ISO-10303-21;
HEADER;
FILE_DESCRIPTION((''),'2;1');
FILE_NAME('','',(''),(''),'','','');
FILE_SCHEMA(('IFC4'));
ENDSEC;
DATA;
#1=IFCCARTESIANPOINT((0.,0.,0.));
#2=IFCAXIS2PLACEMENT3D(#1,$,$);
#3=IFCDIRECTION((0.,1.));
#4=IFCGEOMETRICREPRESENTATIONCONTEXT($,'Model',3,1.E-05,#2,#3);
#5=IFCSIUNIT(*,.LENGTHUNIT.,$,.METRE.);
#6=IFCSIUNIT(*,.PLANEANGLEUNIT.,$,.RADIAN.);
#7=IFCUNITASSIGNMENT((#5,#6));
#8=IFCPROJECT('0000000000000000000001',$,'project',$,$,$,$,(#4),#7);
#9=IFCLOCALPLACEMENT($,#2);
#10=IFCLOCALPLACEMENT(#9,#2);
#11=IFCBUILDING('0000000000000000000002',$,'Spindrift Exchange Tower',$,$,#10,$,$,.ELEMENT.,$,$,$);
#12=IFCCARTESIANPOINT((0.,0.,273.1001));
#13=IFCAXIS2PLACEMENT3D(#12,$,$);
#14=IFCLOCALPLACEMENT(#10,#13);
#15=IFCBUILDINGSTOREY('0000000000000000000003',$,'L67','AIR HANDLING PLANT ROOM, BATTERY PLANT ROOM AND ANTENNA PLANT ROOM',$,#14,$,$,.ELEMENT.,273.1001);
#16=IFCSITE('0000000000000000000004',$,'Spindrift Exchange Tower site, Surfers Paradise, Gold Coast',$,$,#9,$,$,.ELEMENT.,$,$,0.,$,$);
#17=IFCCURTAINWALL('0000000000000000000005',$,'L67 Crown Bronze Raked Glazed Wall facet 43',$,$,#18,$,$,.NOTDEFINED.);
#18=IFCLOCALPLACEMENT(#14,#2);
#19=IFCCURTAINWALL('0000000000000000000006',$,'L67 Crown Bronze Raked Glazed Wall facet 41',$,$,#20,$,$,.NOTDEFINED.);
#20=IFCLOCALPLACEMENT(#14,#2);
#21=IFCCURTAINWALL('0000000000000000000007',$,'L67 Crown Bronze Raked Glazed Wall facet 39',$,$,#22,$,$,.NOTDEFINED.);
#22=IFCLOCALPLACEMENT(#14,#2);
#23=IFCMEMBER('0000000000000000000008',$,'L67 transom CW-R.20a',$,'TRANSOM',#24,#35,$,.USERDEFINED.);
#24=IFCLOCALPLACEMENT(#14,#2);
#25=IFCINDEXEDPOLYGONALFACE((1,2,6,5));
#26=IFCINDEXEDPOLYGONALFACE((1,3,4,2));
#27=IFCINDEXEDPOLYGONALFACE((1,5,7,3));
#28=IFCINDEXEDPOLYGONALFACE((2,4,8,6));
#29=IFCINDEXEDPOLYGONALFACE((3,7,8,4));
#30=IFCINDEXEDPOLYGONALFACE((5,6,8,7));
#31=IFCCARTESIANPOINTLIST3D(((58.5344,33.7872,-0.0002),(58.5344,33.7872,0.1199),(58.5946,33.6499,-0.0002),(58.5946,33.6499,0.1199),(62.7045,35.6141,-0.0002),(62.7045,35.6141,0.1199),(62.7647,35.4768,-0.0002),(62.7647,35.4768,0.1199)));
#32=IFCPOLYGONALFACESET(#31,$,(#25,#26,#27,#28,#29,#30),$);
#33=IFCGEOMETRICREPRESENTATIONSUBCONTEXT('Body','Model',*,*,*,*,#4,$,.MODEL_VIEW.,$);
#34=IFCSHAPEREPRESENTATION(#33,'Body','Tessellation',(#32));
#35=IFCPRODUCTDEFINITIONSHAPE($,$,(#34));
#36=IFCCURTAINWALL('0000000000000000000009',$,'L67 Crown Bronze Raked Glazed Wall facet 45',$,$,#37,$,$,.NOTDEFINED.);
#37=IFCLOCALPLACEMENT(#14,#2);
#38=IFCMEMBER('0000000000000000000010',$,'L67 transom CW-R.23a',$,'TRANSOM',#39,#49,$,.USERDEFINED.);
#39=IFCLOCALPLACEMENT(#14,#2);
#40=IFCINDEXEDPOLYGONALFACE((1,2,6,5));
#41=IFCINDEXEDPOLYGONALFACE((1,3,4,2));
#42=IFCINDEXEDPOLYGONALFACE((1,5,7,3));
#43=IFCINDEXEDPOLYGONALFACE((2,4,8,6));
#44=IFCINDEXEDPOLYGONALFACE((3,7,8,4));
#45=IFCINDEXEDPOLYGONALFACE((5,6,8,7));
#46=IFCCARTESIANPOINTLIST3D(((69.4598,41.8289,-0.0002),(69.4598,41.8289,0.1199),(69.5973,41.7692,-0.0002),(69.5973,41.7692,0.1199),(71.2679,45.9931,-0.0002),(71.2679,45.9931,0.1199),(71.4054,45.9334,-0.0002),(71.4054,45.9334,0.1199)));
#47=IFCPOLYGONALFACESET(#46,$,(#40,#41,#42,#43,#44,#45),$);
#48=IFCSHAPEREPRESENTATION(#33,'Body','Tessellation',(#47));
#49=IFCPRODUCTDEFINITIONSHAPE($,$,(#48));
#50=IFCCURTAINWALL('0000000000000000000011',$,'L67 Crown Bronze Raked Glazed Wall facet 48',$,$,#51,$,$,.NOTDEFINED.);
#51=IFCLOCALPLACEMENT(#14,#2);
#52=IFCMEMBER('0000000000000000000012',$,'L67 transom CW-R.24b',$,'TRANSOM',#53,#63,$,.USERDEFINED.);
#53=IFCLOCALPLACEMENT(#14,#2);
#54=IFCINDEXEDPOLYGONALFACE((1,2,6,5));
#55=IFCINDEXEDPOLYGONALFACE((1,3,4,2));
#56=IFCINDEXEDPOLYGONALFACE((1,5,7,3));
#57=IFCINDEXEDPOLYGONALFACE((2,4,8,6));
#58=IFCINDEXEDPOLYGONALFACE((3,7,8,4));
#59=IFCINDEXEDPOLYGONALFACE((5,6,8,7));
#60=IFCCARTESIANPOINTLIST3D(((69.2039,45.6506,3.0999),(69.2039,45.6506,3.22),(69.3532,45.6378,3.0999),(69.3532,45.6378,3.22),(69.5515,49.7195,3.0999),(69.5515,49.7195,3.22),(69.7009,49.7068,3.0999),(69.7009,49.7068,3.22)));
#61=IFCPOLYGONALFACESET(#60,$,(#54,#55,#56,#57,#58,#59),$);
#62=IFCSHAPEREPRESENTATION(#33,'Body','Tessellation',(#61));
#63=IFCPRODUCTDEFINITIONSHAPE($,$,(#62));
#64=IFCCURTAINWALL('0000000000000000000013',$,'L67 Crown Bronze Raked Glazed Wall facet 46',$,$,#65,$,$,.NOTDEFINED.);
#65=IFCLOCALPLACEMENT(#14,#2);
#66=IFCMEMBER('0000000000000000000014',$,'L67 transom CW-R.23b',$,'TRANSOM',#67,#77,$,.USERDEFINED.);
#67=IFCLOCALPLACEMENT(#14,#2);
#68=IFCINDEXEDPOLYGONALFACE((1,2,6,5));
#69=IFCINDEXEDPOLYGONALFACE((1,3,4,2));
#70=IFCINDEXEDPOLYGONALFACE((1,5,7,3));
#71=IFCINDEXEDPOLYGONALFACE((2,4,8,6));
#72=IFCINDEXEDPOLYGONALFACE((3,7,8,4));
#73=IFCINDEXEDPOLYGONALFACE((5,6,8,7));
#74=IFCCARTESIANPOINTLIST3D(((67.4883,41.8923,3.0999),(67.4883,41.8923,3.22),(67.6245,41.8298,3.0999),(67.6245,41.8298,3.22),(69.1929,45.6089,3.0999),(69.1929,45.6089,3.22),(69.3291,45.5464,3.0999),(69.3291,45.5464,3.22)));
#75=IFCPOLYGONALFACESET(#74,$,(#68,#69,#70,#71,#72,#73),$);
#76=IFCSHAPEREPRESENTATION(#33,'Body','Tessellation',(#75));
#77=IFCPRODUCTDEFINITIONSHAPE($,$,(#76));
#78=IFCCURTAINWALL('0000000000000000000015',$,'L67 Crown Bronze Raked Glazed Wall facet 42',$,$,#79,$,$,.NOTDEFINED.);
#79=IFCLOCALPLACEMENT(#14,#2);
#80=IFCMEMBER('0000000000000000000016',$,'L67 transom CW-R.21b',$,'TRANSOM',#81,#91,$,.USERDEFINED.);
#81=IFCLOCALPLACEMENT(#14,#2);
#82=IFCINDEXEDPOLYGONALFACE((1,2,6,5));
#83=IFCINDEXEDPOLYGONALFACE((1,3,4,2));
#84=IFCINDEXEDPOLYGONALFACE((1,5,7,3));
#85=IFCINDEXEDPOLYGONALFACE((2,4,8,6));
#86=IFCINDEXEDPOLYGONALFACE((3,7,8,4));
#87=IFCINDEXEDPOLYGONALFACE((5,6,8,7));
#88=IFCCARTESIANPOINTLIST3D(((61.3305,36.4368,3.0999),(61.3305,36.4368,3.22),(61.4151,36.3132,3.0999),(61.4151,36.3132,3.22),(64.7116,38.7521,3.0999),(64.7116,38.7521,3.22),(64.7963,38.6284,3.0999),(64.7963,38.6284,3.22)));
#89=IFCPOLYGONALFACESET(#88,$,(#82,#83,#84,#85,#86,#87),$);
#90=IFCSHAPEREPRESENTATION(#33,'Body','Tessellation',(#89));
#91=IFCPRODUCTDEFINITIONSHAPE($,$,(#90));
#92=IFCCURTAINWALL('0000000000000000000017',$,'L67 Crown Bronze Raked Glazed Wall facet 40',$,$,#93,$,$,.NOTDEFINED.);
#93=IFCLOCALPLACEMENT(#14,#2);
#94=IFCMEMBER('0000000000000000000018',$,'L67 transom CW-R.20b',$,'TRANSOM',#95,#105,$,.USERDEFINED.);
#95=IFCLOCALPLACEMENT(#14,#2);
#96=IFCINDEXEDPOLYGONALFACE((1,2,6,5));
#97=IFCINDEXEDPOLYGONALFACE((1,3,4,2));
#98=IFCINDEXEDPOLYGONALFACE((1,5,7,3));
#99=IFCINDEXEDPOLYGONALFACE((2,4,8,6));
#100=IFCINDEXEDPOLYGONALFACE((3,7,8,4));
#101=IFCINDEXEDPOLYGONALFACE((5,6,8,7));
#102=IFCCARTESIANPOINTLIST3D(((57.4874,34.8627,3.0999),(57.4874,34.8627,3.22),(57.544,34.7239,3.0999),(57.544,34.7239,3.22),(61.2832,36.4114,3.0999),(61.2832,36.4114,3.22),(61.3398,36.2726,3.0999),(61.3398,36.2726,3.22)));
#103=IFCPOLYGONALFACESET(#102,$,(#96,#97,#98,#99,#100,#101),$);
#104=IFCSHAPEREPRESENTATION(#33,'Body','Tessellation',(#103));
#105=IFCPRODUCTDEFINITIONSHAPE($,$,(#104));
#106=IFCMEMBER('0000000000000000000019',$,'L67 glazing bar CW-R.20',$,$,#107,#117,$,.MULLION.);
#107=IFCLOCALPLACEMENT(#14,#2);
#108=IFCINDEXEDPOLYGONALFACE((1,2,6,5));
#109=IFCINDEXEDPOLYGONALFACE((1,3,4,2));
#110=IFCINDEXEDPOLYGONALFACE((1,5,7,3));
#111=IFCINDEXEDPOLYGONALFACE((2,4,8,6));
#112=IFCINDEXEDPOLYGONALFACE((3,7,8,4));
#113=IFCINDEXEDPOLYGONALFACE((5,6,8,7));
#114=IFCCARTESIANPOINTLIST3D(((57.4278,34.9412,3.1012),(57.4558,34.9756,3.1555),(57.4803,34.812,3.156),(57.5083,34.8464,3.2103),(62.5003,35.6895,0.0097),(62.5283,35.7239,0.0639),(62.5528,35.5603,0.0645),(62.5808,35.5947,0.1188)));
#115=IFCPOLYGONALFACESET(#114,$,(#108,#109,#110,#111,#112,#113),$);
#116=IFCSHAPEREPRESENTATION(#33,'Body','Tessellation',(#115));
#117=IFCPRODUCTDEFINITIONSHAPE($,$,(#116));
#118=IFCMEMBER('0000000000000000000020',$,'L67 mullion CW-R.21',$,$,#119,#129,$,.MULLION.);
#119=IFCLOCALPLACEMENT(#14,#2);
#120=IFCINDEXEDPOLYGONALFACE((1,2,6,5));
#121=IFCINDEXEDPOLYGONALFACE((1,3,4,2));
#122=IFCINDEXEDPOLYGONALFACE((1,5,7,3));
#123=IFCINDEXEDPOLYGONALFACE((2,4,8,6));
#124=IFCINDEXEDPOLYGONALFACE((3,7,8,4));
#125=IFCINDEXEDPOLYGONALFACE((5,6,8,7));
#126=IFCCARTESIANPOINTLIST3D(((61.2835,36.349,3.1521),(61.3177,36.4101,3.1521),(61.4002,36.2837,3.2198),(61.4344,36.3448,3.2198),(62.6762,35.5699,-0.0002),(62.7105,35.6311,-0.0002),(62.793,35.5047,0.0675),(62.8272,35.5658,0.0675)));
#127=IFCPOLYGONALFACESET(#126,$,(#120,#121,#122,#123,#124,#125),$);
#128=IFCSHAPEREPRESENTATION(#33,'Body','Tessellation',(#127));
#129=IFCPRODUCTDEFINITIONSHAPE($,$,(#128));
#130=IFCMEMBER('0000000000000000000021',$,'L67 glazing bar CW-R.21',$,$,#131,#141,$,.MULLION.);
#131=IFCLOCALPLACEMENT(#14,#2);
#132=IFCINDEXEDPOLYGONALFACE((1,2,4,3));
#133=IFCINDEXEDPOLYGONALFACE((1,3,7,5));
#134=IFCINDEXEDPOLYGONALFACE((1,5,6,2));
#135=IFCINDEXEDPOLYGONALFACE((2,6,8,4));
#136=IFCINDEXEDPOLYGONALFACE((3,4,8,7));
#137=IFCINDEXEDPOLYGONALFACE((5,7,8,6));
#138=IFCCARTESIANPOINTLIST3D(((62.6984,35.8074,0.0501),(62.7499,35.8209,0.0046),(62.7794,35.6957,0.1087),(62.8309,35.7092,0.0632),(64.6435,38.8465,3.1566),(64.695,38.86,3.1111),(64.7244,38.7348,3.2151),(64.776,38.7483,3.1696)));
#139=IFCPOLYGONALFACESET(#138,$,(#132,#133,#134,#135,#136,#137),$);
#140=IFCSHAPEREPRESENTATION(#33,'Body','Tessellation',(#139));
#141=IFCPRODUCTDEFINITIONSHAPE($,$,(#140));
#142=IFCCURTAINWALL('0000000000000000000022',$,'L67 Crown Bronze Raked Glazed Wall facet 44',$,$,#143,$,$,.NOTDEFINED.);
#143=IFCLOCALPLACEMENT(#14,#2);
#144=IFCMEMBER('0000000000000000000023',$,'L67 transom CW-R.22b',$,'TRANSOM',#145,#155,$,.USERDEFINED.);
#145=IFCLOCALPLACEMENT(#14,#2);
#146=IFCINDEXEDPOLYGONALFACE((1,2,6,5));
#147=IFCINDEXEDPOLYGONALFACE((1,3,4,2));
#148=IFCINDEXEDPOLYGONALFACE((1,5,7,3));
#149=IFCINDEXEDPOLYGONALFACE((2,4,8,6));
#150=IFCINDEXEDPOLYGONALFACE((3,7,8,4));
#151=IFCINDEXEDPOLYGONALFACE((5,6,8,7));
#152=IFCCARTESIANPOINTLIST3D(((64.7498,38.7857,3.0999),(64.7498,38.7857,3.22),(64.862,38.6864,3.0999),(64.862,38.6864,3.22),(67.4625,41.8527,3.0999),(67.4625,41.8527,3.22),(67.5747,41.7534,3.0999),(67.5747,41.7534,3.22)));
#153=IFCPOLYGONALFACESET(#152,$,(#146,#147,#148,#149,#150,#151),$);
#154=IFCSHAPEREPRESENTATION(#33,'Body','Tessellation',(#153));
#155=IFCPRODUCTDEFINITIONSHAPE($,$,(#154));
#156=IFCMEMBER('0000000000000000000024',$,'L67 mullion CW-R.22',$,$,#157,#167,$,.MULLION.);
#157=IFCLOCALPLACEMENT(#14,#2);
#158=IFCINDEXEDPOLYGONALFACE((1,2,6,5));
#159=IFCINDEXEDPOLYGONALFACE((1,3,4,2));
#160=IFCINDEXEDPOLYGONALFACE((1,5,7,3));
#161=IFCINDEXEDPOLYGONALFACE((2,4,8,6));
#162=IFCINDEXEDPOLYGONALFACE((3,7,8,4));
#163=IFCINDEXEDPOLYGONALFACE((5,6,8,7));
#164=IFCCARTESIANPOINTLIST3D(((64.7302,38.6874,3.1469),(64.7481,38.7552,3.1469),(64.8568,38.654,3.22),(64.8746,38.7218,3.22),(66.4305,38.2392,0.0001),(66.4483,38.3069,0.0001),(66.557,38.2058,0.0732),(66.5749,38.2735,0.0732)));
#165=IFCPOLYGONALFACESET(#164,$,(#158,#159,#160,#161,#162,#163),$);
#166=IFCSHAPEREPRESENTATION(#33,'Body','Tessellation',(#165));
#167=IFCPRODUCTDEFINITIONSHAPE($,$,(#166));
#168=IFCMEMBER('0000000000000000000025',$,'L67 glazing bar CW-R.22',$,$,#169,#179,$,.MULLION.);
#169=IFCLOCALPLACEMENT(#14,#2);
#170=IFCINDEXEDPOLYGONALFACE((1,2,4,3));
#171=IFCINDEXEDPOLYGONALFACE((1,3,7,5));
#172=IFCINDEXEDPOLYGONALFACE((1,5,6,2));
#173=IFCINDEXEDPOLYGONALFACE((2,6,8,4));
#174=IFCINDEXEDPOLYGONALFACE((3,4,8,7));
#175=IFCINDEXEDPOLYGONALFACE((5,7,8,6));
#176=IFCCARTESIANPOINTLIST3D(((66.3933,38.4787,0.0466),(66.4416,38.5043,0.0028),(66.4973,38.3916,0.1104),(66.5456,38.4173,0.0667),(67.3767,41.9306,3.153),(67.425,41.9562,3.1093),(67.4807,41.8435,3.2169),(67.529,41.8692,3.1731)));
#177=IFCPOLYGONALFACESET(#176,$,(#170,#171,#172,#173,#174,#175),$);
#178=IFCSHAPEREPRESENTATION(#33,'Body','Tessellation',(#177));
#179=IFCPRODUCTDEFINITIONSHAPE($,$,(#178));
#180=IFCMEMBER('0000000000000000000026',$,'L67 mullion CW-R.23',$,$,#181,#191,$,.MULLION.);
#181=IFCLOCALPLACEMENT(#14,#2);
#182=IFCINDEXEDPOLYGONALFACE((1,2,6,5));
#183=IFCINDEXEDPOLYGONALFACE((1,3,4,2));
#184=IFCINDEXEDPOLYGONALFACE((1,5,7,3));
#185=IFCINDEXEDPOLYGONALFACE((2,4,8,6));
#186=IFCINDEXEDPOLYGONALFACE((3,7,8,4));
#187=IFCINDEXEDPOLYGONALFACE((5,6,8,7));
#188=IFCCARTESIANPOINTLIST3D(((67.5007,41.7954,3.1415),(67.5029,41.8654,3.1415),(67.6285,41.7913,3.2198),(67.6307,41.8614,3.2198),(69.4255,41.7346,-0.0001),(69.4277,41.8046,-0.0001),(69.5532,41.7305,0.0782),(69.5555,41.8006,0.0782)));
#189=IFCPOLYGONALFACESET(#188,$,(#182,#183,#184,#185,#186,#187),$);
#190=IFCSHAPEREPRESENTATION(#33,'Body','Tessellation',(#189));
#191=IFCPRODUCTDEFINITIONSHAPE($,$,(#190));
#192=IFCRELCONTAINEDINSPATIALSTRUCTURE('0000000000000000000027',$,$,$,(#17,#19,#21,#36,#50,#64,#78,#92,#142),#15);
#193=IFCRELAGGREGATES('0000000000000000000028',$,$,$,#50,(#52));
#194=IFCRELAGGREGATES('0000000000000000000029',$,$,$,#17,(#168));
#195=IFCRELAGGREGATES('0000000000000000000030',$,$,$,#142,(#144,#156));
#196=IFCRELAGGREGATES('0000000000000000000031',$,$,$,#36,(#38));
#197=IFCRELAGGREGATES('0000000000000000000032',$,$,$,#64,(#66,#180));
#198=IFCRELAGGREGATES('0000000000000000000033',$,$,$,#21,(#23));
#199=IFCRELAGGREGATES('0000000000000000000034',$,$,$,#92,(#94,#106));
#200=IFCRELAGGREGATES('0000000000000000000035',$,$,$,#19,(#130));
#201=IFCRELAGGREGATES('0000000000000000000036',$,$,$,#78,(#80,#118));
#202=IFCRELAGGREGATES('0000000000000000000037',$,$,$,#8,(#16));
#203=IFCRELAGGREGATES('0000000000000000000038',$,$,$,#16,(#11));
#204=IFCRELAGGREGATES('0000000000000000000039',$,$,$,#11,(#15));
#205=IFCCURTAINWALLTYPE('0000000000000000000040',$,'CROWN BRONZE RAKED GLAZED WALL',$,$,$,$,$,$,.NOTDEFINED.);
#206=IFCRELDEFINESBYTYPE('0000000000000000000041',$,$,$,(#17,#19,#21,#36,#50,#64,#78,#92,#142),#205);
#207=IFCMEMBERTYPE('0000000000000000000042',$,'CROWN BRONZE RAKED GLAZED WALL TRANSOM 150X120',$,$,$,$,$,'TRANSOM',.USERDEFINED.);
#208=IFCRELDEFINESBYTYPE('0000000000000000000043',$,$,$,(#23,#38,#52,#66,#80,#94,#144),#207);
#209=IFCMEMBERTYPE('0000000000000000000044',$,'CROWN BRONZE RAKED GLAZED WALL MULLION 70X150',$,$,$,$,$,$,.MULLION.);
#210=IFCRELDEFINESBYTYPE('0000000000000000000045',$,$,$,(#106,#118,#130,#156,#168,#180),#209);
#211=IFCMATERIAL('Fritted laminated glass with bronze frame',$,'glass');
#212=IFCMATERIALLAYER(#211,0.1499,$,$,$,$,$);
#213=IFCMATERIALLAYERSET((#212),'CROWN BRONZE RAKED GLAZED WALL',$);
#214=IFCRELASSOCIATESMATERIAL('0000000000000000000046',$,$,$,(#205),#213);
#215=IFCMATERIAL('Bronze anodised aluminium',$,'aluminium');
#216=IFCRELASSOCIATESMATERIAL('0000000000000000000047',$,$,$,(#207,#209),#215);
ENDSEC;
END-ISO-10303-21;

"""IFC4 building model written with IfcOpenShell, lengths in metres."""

from ifc_helpers import new_model, si_unit, direction, frame, origin, origin_2d, place, context, subcontext, project, spatial, rectangle, extrude, source, transform, mapped, material, layer, layer_set, material_profile, profile_set, type_object, element, aggregate, save


model = new_model("IFC4")

# Units and contexts
model_context = context("Model", 3, precision=1e-05, world=origin(), true_north=direction((0.0, 1.0)))
body_context = subcontext(model_context, "Body", "Model", "MODEL_VIEW")
ifc_project = project(units=[si_unit("LENGTHUNIT", "METRE"), si_unit("PLANEANGLEUNIT", "RADIAN")], contexts=[model_context])

# Site, building, storey
site_placement = place(None, origin())
site = spatial("IfcSite", under=ifc_project, at=site_placement, Name="Spindrift Exchange Tower site, Surfers Paradise, Gold Coast", CompositionType="ELEMENT", RefElevation=0.0)
building_placement = place(site_placement, origin())
building = spatial("IfcBuilding", under=site, at=building_placement, Name="Spindrift Exchange Tower", CompositionType="ELEMENT")
storey_placement = place(building_placement, frame((0.0, 0.0, 273.1001)))
storey = spatial("IfcBuildingStorey", under=building, at=storey_placement, Name="L67", Description="AIR HANDLING PLANT ROOM, BATTERY PLANT ROOM AND ANTENNA PLANT ROOM", CompositionType="ELEMENT", Elevation=273.1001)

# Curtain walls, members
ifc_material_1 = material(Name="Fritted laminated glass with bronze frame", Category="glass")
ifc_layer_1 = layer(ifc_material_1, 0.1499)
ifc_layer_set_1 = layer_set([ifc_layer_1], Name="CROWN BRONZE RAKED GLAZED WALL")
curtain_wall_type = type_object("IfcCurtainWallType", Name="CROWN BRONZE RAKED GLAZED WALL", PredefinedType="NOTDEFINED", material=ifc_layer_set_1)
curtain_wall_1_placement = place(storey_placement, origin())
curtain_wall_1 = element("IfcCurtainWall", 1, at=curtain_wall_1_placement, inside=storey, type_object=curtain_wall_type, Name="L67 Crown Bronze Raked Glazed Wall facet 43", PredefinedType="NOTDEFINED")
ifc_material_2 = material(Name="Bronze anodised aluminium", Category="aluminium")
ifc_material_profile_1 = material_profile(ifc_material_2, rectangle(XDim=0.1499, YDim=0.1201, at=origin_2d()), Name="CROWN BRONZE RAKED GLAZED WALL TRANSOM 150X120")
ifc_profile_set_1 = profile_set([ifc_material_profile_1], Name="Bronze anodised aluminium")
member_type_1 = type_object("IfcMemberType", Name="CROWN BRONZE RAKED GLAZED WALL TRANSOM 150X120", ElementType="TRANSOM", PredefinedType="USERDEFINED", material=ifc_profile_set_1)
curtain_wall_2_placement = place(storey_placement, origin())
curtain_wall_2 = element("IfcCurtainWall", 2, at=curtain_wall_2_placement, inside=storey, type_object=curtain_wall_type, Name="L67 Crown Bronze Raked Glazed Wall facet 41", PredefinedType="NOTDEFINED")
curtain_wall_3_placement = place(storey_placement, origin())
curtain_wall_3 = element("IfcCurtainWall", 3, at=curtain_wall_3_placement, inside=storey, type_object=curtain_wall_type, Name="L67 Crown Bronze Raked Glazed Wall facet 39", PredefinedType="NOTDEFINED")
shared_shape_1 = source(origin(), body_context, "Body", "SweptSolid", [
    extrude(rectangle(XDim=0.1499, YDim=0.1201, at=origin_2d()), origin(), (0.0, 0.0, 1.0), 4.5527),
])
member_1_placement = place(storey_placement, frame((62.7346, 35.5454, 0.0598), z_axis=(-0.915959, -0.401272, 0.0), x_axis=(0.401272, -0.915959, 0.0)))
member_1 = element("IfcMember", 4, at=member_1_placement, type_object=member_type_1, Name="L67 transom CW-R.20a", ObjectType="TRANSOM", PredefinedType="USERDEFINED", context=body_context, shape_type="MappedRepresentation", body=[
    mapped(shared_shape_1, transform((0.0, 0.0, 0.0), scale=1.0)),
])
curtain_wall_4_placement = place(storey_placement, origin())
curtain_wall_4 = element("IfcCurtainWall", 5, at=curtain_wall_4_placement, inside=storey, type_object=curtain_wall_type, Name="L67 Crown Bronze Raked Glazed Wall facet 45", PredefinedType="NOTDEFINED")
shared_shape_2 = source(origin(), body_context, "Body", "SweptSolid", [
    extrude(rectangle(XDim=0.1499, YDim=0.1201, at=origin_2d()), origin(), (0.0, 0.0, 1.0), 4.5398),
])
member_2_placement = place(storey_placement, frame((69.5286, 41.7991, 0.0598), z_axis=(0.39827, 0.917268, 0.0), x_axis=(-0.917268, 0.39827, 0.0)))
member_2 = element("IfcMember", 6, at=member_2_placement, type_object=member_type_1, Name="L67 transom CW-R.23a", ObjectType="TRANSOM", PredefinedType="USERDEFINED", context=body_context, shape_type="MappedRepresentation", body=[
    mapped(shared_shape_2, transform((0.0, 0.0, 0.0), scale=1.0)),
])
curtain_wall_5_placement = place(storey_placement, origin())
curtain_wall_5 = element("IfcCurtainWall", 7, at=curtain_wall_5_placement, inside=storey, type_object=curtain_wall_type, Name="L67 Crown Bronze Raked Glazed Wall facet 48", PredefinedType="NOTDEFINED")
shared_shape_3 = source(origin(), body_context, "Body", "SweptSolid", [
    extrude(rectangle(XDim=0.1499, YDim=0.1201, at=origin_2d()), origin(), (0.0, 0.0, 1.0), 4.0837),
])
member_3_placement = place(storey_placement, frame((69.6262, 49.7131, 3.1599), z_axis=(-0.085133, -0.99637, 0.0), x_axis=(0.99637, -0.085133, 0.0)))
member_3 = element("IfcMember", 8, at=member_3_placement, type_object=member_type_1, Name="L67 transom CW-R.24b", ObjectType="TRANSOM", PredefinedType="USERDEFINED", context=body_context, shape_type="MappedRepresentation", body=[
    mapped(shared_shape_3, transform((0.0, 0.0, 0.0), scale=1.0)),
])
aggregate(curtain_wall_5, [member_3])
curtain_wall_6_placement = place(storey_placement, origin())
curtain_wall_6 = element("IfcCurtainWall", 9, at=curtain_wall_6_placement, inside=storey, type_object=curtain_wall_type, Name="L67 Crown Bronze Raked Glazed Wall facet 46", PredefinedType="NOTDEFINED")
shared_shape_4 = source(origin(), body_context, "Body", "SweptSolid", [
    extrude(rectangle(XDim=0.1499, YDim=0.1201, at=origin_2d()), origin(), (0.0, 0.0, 1.0), 4.0889),
])
member_4_placement = place(storey_placement, frame((67.5564, 41.8611, 3.1599), z_axis=(0.416891, 0.908956, 0.0), x_axis=(-0.908956, 0.416891, 0.0)))
member_4 = element("IfcMember", 10, at=member_4_placement, type_object=member_type_1, Name="L67 transom CW-R.23b", ObjectType="TRANSOM", PredefinedType="USERDEFINED", context=body_context, shape_type="MappedRepresentation", body=[
    mapped(shared_shape_4, transform((0.0, 0.0, 0.0), scale=1.0)),
])
curtain_wall_7_placement = place(storey_placement, origin())
curtain_wall_7 = element("IfcCurtainWall", 11, at=curtain_wall_7_placement, inside=storey, type_object=curtain_wall_type, Name="L67 Crown Bronze Raked Glazed Wall facet 42", PredefinedType="NOTDEFINED")
shared_shape_5 = source(origin(), body_context, "Body", "SweptSolid", [
    extrude(rectangle(XDim=0.1499, YDim=0.1201, at=origin_2d()), origin(), (0.0, 0.0, 1.0), 4.0979),
])
member_5_placement = place(storey_placement, frame((61.3728, 36.375, 3.1599), z_axis=(0.825103, 0.564983, 0.0), x_axis=(-0.564983, 0.825103, 0.0)))
member_5 = element("IfcMember", 12, at=member_5_placement, type_object=member_type_1, Name="L67 transom CW-R.21b", ObjectType="TRANSOM", PredefinedType="USERDEFINED", context=body_context, shape_type="MappedRepresentation", body=[
    mapped(shared_shape_5, transform((0.0, 0.0, 0.0), scale=1.0)),
])

# Curtain wall, members
curtain_wall_8_placement = place(storey_placement, origin())
curtain_wall_8 = element("IfcCurtainWall", 13, at=curtain_wall_8_placement, inside=storey, type_object=curtain_wall_type, Name="L67 Crown Bronze Raked Glazed Wall facet 40", PredefinedType="NOTDEFINED")
shared_shape_6 = source(origin(), body_context, "Body", "SweptSolid", [
    extrude(rectangle(XDim=0.1499, YDim=0.1201, at=origin_2d()), origin(), (0.0, 0.0, 1.0), 4.0996),
])
member_6_placement = place(storey_placement, frame((61.3115, 36.342, 3.1599), z_axis=(-0.925892, -0.377789, 0.0), x_axis=(0.377789, -0.925892, 0.0)))
member_6 = element("IfcMember", 14, at=member_6_placement, type_object=member_type_1, Name="L67 transom CW-R.20b", ObjectType="TRANSOM", PredefinedType="USERDEFINED", context=body_context, shape_type="MappedRepresentation", body=[
    mapped(shared_shape_6, transform((0.0, 0.0, 0.0), scale=1.0)),
])
ifc_material_profile_2 = material_profile(ifc_material_2, rectangle(XDim=0.0701, YDim=0.1499, at=origin_2d()), Name="CROWN BRONZE RAKED GLAZED WALL MULLION 70X150")
ifc_profile_set_2 = profile_set([ifc_material_profile_2], Name="Bronze anodised aluminium")
member_type_2 = type_object("IfcMemberType", Name="CROWN BRONZE RAKED GLAZED WALL MULLION 70X150", PredefinedType="MULLION", material=ifc_profile_set_2)
shared_shape_7 = source(origin(), body_context, "Body", "SweptSolid", [
    extrude(rectangle(XDim=0.0701, YDim=0.1499, at=origin_2d()), origin(), (0.0, 0.0, 1.0), 5.9873),
])
member_7_placement = place(storey_placement, frame((62.5405, 35.6421, 0.0642), z_axis=(-0.847209, -0.124979, 0.51635), x_axis=(-0.399507, -0.490785, -0.774289)))
member_7 = element("IfcMember", 15, at=member_7_placement, type_object=member_type_2, Name="L67 glazing bar CW-R.20", PredefinedType="MULLION", context=body_context, shape_type="MappedRepresentation", body=[
    mapped(shared_shape_7, transform((0.0, 0.0, 0.0), scale=1.0)),
])

# Members
shared_shape_8 = source(origin(), body_context, "Body", "SweptSolid", [
    extrude(rectangle(XDim=0.0701, YDim=0.1499, at=origin_2d()), origin(), (0.0, 0.0, 1.0), 3.5332),
])
member_8_placement = place(storey_placement, frame((62.7517, 35.5679, 0.0337), z_axis=(-0.3942, 0.220489, 0.892183), x_axis=(-0.488161, -0.872754, 0.0)))
member_8 = element("IfcMember", 16, at=member_8_placement, type_object=member_type_2, Name="L67 mullion CW-R.21", PredefinedType="MULLION", context=body_context, shape_type="MappedRepresentation", body=[
    mapped(shared_shape_8, transform((0.0, 0.0, 0.0), scale=1.0)),
])
shared_shape_9 = source(origin(), body_context, "Body", "SweptSolid", [
    extrude(rectangle(XDim=0.0701, YDim=0.1499, at=origin_2d()), origin(), (0.0, 0.0, 1.0), 4.7612),
])
member_9_placement = place(storey_placement, frame((62.7646, 35.7583, 0.0566), z_axis=(0.408523, 0.638295, 0.652448), x_axis=(-0.735618, -0.192928, 0.649342)))
member_9 = element("IfcMember", 17, at=member_9_placement, type_object=member_type_2, Name="L67 glazing bar CW-R.21", PredefinedType="MULLION", context=body_context, shape_type="MappedRepresentation", body=[
    mapped(shared_shape_9, transform((0.0, 0.0, 0.0), scale=1.0)),
])

# Curtain wall, members
curtain_wall_9_placement = place(storey_placement, origin())
curtain_wall_9 = element("IfcCurtainWall", 18, at=curtain_wall_9_placement, inside=storey, type_object=curtain_wall_type, Name="L67 Crown Bronze Raked Glazed Wall facet 44", PredefinedType="NOTDEFINED")
shared_shape_10 = source(origin(), body_context, "Body", "SweptSolid", [
    extrude(rectangle(XDim=0.1499, YDim=0.1201, at=origin_2d()), origin(), (0.0, 0.0, 1.0), 4.0945),
])
member_10_placement = place(storey_placement, frame((64.8059, 38.7361, 3.1599), z_axis=(0.662522, 0.749042, 0.0), x_axis=(-0.749042, 0.662522, 0.0)))
member_10 = element("IfcMember", 19, at=member_10_placement, type_object=member_type_1, Name="L67 transom CW-R.22b", ObjectType="TRANSOM", PredefinedType="USERDEFINED", context=body_context, shape_type="MappedRepresentation", body=[
    mapped(shared_shape_10, transform((0.0, 0.0, 0.0), scale=1.0)),
])
shared_shape_11 = source(origin(), body_context, "Body", "SweptSolid", [
    extrude(rectangle(XDim=0.0701, YDim=0.1499, at=origin_2d()), origin(), (0.0, 0.0, 1.0), 3.6047),
])
member_11_placement = place(storey_placement, frame((66.5027, 38.2563, 0.0366), z_axis=(-0.471668, 0.124351, 0.872964), x_axis=(-0.254931, -0.966959, 0.0)))
member_11 = element("IfcMember", 20, at=member_11_placement, type_object=member_type_2, Name="L67 mullion CW-R.22", PredefinedType="MULLION", context=body_context, shape_type="MappedRepresentation", body=[
    mapped(shared_shape_11, transform((0.0, 0.0, 0.0), scale=1.0)),
])

# Members
shared_shape_12 = source(origin(), body_context, "Body", "SweptSolid", [
    extrude(rectangle(XDim=0.0701, YDim=0.1499, at=origin_2d()), origin(), (0.0, 0.0, 1.0), 4.7468),
])
member_12_placement = place(storey_placement, frame((66.4695, 38.448, 0.0566), z_axis=(0.207168, 0.727197, 0.654421), x_axis=(-0.689687, -0.365863, 0.624881)))
member_12 = element("IfcMember", 21, at=member_12_placement, type_object=member_type_2, Name="L67 glazing bar CW-R.22", PredefinedType="MULLION", context=body_context, shape_type="MappedRepresentation", body=[
    mapped(shared_shape_12, transform((0.0, 0.0, 0.0), scale=1.0)),
])
shared_shape_13 = source(origin(), body_context, "Body", "SweptSolid", [
    extrude(rectangle(XDim=0.0701, YDim=0.1499, at=origin_2d()), origin(), (0.0, 0.0, 1.0), 3.6848),
])
member_13_placement = place(storey_placement, frame((69.4905, 41.7676, 0.0391), z_axis=(-0.522354, 0.016497, 0.852569), x_axis=(-0.031567, -0.999502, 0.0)))
member_13 = element("IfcMember", 22, at=member_13_placement, type_object=member_type_2, Name="L67 mullion CW-R.23", PredefinedType="MULLION", context=body_context, shape_type="MappedRepresentation", body=[
    mapped(shared_shape_13, transform((0.0, 0.0, 0.0), scale=1.0)),
])

aggregate(curtain_wall_1, [member_12])
aggregate(curtain_wall_9, [member_10, member_11])
aggregate(curtain_wall_4, [member_2])
aggregate(curtain_wall_6, [member_4, member_13])
aggregate(curtain_wall_3, [member_1])
aggregate(curtain_wall_8, [member_6, member_7])
aggregate(curtain_wall_2, [member_9])
aggregate(curtain_wall_7, [member_5, member_8])

save(model, "model.ifc")
